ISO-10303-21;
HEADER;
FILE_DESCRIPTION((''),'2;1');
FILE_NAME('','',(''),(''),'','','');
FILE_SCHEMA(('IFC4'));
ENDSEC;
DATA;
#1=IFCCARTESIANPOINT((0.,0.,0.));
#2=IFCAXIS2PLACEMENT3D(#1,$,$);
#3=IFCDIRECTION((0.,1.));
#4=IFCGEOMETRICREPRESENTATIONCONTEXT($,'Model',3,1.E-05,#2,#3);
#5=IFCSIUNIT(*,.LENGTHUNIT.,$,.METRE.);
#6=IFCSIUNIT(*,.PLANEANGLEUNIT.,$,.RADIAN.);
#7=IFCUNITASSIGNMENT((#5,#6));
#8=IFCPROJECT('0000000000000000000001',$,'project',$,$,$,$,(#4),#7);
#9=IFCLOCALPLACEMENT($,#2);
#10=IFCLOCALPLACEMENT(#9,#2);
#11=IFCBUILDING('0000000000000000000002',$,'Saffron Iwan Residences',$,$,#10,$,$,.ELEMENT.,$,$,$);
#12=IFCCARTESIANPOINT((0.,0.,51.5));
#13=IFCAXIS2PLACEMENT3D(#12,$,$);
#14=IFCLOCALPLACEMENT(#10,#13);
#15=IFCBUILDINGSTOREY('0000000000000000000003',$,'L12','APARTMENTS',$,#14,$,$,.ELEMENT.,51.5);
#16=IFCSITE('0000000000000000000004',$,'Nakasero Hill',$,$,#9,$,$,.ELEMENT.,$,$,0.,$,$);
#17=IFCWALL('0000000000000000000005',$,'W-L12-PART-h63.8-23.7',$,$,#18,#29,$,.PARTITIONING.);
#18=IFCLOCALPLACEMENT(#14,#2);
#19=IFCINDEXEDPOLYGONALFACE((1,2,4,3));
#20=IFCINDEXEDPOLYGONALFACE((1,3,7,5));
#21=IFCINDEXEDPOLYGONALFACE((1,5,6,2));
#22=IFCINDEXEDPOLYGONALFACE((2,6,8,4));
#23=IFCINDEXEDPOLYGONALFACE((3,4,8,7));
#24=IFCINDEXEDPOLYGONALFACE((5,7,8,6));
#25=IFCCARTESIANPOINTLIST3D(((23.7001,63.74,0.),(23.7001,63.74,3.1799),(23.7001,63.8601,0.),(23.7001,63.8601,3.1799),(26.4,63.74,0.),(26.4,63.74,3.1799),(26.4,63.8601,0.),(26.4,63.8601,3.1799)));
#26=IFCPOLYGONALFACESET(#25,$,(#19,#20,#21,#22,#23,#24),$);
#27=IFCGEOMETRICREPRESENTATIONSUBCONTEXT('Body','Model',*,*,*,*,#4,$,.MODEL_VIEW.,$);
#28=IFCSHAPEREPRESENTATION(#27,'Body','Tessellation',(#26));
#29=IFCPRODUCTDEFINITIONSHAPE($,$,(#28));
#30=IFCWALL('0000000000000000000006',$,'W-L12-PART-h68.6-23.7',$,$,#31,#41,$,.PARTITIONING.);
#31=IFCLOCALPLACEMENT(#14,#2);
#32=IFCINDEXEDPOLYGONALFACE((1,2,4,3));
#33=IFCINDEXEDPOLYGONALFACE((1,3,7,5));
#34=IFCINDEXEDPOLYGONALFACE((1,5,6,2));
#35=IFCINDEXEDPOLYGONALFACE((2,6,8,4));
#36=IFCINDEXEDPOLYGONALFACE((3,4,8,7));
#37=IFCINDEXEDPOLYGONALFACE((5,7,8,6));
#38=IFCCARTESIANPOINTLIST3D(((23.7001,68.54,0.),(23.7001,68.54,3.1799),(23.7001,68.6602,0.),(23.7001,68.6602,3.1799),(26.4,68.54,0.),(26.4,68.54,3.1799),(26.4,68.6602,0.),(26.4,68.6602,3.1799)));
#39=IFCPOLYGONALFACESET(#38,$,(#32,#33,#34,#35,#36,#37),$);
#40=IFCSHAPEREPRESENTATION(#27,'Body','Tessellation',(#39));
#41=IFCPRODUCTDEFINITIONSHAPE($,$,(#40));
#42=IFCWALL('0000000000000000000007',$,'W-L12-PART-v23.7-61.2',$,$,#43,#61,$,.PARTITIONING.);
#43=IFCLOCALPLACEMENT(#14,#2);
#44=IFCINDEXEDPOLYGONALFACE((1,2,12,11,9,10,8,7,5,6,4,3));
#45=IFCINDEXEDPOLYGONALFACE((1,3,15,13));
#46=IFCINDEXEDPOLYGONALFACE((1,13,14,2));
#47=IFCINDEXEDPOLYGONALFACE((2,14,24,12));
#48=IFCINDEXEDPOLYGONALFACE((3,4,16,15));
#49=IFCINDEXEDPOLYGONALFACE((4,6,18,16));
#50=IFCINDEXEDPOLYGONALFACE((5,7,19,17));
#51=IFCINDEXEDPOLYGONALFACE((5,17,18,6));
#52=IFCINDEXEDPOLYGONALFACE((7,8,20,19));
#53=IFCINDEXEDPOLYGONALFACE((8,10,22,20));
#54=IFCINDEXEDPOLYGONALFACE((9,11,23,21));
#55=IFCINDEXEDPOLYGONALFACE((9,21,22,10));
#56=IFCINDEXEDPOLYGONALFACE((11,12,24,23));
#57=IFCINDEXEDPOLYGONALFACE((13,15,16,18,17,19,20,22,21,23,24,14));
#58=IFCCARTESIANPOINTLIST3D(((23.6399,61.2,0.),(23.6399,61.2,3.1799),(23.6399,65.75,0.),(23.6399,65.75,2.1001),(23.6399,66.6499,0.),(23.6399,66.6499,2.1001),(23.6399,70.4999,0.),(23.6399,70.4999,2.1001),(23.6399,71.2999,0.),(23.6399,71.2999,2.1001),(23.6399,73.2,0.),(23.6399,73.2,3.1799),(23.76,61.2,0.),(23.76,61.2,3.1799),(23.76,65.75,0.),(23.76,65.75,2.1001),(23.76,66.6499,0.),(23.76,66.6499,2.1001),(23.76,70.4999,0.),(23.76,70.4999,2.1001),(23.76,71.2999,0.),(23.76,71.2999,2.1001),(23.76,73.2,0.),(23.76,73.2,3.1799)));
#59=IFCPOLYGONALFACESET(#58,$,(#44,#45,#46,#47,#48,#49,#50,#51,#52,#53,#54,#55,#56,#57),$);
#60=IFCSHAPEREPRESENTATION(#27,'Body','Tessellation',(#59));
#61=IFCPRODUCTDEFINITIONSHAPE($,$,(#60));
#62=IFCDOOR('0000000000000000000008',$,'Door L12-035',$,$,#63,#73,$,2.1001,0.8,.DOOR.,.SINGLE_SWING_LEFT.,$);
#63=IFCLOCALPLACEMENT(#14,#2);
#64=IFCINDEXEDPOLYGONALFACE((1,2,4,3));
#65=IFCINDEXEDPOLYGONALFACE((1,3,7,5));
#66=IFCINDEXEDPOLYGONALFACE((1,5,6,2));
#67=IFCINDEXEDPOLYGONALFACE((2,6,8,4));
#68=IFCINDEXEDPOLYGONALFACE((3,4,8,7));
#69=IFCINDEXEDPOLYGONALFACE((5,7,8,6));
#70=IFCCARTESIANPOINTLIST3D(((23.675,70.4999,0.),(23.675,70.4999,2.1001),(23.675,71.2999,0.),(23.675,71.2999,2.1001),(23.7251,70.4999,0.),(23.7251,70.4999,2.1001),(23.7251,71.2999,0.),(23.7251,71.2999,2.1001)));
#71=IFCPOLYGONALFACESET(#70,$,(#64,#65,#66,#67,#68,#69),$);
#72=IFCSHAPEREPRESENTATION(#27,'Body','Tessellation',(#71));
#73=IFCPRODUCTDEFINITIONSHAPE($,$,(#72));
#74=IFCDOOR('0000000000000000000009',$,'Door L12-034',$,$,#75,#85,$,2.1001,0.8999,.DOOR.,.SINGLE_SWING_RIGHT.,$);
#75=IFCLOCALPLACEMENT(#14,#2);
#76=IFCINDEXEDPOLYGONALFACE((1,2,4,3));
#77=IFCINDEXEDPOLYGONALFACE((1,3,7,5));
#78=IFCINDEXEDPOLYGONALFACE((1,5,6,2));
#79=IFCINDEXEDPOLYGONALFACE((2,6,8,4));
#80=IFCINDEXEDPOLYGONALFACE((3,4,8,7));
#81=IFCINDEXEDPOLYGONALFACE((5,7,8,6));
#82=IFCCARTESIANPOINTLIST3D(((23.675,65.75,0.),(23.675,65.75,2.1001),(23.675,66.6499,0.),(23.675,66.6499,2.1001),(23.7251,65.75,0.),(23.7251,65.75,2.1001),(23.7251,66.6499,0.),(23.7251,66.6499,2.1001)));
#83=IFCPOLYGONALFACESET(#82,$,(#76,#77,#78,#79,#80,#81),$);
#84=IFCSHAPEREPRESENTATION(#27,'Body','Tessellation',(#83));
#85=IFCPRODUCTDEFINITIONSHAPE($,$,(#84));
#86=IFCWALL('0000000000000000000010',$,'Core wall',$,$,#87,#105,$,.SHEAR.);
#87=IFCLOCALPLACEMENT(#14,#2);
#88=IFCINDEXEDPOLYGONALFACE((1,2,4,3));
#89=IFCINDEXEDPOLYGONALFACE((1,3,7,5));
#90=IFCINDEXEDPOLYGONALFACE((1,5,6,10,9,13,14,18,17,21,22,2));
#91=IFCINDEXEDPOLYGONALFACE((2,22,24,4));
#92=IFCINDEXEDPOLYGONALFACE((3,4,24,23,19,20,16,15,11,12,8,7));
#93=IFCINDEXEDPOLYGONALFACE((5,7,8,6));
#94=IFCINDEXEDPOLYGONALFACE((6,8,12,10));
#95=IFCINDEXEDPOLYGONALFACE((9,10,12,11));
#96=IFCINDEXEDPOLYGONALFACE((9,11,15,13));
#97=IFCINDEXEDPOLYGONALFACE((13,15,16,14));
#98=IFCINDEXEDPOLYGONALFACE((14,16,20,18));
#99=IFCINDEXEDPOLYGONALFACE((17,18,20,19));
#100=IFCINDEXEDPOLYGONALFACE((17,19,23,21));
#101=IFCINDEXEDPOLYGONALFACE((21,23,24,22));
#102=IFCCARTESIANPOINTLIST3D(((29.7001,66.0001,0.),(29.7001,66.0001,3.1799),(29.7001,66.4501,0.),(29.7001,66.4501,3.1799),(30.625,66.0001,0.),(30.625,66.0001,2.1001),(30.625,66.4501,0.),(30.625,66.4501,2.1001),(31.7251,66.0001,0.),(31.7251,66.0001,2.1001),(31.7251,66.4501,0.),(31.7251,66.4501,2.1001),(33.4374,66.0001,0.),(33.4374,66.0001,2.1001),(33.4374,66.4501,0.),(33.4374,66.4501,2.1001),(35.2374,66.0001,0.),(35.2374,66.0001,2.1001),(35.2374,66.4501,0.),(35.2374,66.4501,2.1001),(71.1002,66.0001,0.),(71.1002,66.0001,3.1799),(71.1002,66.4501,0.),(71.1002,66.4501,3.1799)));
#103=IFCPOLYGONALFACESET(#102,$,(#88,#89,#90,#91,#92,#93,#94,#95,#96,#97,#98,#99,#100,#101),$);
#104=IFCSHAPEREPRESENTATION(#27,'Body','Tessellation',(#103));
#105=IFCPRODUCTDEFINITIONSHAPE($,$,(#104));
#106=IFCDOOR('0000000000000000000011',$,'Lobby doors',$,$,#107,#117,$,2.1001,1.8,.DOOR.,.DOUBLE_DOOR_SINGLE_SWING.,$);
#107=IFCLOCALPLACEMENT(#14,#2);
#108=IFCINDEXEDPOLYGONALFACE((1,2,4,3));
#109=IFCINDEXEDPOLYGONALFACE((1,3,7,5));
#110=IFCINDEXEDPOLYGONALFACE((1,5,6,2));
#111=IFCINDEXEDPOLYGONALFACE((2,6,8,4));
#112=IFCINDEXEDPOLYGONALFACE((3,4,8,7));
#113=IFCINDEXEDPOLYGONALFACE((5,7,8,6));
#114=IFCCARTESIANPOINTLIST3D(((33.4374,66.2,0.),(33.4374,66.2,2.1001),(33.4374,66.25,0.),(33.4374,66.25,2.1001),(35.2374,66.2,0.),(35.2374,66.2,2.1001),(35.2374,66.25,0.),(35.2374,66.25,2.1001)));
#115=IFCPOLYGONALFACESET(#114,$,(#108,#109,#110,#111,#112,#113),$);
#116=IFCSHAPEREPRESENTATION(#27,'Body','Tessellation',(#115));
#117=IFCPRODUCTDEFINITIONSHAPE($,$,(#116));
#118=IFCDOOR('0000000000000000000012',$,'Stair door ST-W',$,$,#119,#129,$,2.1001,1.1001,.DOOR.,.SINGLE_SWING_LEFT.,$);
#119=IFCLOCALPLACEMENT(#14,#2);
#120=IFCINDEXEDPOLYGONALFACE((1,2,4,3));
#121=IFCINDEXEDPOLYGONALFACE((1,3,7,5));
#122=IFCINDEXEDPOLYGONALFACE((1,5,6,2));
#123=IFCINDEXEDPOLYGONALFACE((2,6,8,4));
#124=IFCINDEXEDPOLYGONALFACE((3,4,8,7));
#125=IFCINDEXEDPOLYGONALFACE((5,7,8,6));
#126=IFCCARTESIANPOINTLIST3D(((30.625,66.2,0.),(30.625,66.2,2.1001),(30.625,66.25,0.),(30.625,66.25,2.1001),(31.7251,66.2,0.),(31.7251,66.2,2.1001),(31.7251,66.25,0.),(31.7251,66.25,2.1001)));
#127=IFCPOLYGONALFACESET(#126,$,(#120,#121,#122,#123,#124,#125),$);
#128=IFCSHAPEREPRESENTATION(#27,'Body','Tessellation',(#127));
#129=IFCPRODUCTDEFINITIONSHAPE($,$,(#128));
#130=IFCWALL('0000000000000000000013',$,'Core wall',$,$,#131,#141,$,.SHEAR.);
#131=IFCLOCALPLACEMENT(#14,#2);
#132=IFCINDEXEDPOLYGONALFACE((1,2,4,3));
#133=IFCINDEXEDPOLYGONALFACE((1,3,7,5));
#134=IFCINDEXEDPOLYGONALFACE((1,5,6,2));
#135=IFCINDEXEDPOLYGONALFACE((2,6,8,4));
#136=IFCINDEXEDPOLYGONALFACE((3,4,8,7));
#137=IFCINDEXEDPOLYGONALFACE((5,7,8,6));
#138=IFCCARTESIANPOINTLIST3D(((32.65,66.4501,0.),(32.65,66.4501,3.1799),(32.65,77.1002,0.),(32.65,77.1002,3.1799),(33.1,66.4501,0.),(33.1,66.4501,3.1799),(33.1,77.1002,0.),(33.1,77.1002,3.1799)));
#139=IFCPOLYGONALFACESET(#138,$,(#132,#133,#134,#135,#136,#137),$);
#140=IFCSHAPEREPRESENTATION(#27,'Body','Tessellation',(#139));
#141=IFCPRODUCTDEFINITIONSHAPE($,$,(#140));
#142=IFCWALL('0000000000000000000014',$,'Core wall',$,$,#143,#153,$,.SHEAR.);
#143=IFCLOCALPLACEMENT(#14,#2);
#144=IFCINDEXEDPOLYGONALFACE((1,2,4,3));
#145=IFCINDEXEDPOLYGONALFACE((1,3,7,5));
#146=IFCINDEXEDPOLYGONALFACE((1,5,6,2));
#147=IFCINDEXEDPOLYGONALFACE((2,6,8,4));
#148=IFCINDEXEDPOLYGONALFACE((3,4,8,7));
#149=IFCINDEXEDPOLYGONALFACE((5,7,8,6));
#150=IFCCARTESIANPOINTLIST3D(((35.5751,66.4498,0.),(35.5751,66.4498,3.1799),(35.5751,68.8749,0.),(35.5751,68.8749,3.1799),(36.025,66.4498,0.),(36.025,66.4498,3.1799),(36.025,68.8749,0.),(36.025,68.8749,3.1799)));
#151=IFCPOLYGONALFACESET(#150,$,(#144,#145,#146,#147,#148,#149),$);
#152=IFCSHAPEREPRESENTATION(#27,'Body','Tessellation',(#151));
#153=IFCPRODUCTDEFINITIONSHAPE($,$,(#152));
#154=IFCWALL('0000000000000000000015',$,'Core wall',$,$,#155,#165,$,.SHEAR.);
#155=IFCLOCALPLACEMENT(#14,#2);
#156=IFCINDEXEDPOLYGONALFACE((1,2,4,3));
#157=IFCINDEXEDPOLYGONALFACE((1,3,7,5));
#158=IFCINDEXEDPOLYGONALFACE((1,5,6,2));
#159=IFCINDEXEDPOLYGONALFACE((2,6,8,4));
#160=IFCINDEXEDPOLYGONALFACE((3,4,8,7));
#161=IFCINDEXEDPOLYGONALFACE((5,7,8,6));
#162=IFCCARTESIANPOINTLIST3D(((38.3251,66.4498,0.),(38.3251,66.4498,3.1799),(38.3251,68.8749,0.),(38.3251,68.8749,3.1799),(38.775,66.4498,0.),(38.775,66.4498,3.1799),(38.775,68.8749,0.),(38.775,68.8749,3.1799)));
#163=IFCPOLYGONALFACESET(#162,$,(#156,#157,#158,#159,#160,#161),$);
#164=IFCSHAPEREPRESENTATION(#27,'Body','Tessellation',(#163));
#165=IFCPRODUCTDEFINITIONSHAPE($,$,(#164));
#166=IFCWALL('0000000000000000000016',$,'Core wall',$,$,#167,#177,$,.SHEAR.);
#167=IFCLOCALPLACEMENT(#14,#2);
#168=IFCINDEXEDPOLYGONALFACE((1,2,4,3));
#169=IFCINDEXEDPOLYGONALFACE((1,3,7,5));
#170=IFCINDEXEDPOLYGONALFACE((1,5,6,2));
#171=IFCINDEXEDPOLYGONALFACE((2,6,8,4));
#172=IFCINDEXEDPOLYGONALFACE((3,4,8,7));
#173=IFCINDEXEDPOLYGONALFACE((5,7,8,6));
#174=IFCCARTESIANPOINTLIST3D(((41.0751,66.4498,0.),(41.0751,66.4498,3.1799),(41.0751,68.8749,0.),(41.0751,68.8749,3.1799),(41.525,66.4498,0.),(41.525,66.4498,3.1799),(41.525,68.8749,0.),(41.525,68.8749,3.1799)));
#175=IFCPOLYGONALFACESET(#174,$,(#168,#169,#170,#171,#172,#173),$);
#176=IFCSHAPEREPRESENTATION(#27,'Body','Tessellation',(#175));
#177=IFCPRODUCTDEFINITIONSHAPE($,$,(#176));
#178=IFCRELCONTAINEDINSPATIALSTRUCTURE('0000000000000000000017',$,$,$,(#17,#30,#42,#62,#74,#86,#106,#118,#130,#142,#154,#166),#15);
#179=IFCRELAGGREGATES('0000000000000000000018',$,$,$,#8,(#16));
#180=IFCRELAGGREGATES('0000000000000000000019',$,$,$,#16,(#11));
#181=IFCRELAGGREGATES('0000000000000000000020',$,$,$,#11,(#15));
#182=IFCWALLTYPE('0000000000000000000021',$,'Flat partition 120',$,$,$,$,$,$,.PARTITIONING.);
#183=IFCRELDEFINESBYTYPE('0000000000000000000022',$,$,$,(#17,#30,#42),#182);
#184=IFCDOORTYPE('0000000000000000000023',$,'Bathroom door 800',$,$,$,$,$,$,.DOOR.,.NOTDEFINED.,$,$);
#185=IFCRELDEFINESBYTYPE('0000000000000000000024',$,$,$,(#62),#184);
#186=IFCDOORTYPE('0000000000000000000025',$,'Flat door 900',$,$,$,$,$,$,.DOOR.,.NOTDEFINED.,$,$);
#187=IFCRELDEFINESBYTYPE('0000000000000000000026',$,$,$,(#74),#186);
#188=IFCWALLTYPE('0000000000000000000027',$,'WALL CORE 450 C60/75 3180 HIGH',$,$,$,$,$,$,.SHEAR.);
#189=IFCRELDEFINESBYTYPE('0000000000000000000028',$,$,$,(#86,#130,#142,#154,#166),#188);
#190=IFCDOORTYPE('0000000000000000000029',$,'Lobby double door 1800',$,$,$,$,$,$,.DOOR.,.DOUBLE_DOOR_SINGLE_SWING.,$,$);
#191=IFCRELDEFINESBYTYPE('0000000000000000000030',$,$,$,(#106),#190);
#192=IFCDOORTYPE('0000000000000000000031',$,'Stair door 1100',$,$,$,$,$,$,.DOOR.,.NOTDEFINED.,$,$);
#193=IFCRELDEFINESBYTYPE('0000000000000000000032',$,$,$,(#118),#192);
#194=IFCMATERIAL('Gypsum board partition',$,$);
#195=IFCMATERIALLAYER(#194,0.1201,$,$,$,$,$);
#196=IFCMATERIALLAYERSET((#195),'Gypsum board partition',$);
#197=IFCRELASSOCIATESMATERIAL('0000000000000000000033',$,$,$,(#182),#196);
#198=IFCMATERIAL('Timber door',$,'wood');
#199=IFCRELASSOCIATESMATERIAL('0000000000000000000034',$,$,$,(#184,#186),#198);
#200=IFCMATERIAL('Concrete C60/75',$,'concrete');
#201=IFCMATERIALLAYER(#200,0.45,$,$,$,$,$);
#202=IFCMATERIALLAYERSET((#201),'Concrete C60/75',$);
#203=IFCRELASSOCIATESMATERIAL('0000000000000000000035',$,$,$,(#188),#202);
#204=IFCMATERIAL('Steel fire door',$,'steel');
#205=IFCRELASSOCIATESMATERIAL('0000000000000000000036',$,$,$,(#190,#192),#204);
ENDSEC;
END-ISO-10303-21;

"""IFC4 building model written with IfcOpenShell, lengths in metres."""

from ifc_helpers import new_model, si_unit, direction, frame, frame_2d, origin, place, context, subcontext, project, spatial, rectangle, extrude, material, layer, layer_set, type_object, element, fill, save


model = new_model("IFC4")

# Units and contexts
model_context = context("Model", 3, precision=1e-05, world=origin(), true_north=direction((0.0, 1.0)))
body_context = subcontext(model_context, "Body", "Model", "MODEL_VIEW")
ifc_project = project(units=[si_unit("LENGTHUNIT", "METRE"), si_unit("PLANEANGLEUNIT", "RADIAN")], contexts=[model_context])

# Site, building, storey
site_placement = place(None, origin())
site = spatial("IfcSite", under=ifc_project, at=site_placement, Name="Nakasero Hill", CompositionType="ELEMENT", RefElevation=0.0)
building_placement = place(site_placement, origin())
building = spatial("IfcBuilding", under=site, at=building_placement, Name="Saffron Iwan Residences", CompositionType="ELEMENT")
storey_placement = place(building_placement, frame((0.0, 0.0, 51.5)))
storey = spatial("IfcBuildingStorey", under=building, at=storey_placement, Name="L12", Description="APARTMENTS", CompositionType="ELEMENT", Elevation=51.5)

# Walls
ifc_material_1 = material(Name="Gypsum board partition")
ifc_layer_1 = layer(ifc_material_1, 0.1201)
ifc_layer_set_1 = layer_set([ifc_layer_1], Name="Gypsum board partition")
wall_type_1 = type_object("IfcWallType", Name="Flat partition 120", PredefinedType="PARTITIONING", material=ifc_layer_set_1)
for number, where, z_axis, x_axis, name in (
    (1, (23.7, 63.8, 0.0), (0.0, 0.0, 1.0), (1.0, 0.0, 0.0), "W-L12-PART-h63.8-23.7"),
    (2, (23.7, 68.6001, 0.0), (0.0, 0.0, 1.0), (1.0, 0.0, 0.0), "W-L12-PART-h68.6-23.7"),
):
    element("IfcWall", number, at=place(storey_placement, frame(where, z_axis=z_axis, x_axis=x_axis)), inside=storey, type_object=wall_type_1, Name=name, PredefinedType="PARTITIONING", context=body_context, shape_type="SweptSolid", body=[
        extrude(rectangle(XDim=2.7, YDim=0.1201, at=frame_2d((1.3501, 0.0))), origin(), (0.0, 0.0, 1.0), 3.1799),
    ])

# Walls, openings, doors
wall_1_placement = place(storey_placement, frame((23.7, 61.2, 0.0), z_axis=(0.0, 0.0, 1.0), x_axis=(0.0, 1.0, 0.0)))
wall_1 = element("IfcWall", 3, at=wall_1_placement, inside=storey, type_object=wall_type_1, Name="W-L12-PART-v23.7-61.2", PredefinedType="PARTITIONING", context=body_context, shape_type="SweptSolid", body=[
    extrude(rectangle(XDim=12.0, YDim=0.1201, at=frame_2d((6.0, 0.0))), origin(), (0.0, 0.0, 1.0), 3.1799),
])
opening_1_placement = place(wall_1_placement, frame((4.55, 0.0, 0.0)))
opening_1 = element("IfcOpeningElement", 4, at=opening_1_placement, cuts=wall_1, PredefinedType="OPENING", context=body_context, shape_type="SweptSolid", body=[
    extrude(rectangle(XDim=0.8999, YDim=2.1001, at=frame_2d((0.45, 1.05))), frame((0.0, 0.0701, 0.0), z_axis=(0.0, -1.0, 0.0), x_axis=(1.0, 0.0, 0.0)), (0.0, 0.0, 1.0), 0.1401),
])
opening_2_placement = place(wall_1_placement, frame((9.3, 0.0, 0.0)))
opening_2 = element("IfcOpeningElement", 5, at=opening_2_placement, cuts=wall_1, PredefinedType="OPENING", context=body_context, shape_type="SweptSolid", body=[
    extrude(rectangle(XDim=0.8, YDim=2.1001, at=frame_2d((0.3999, 1.05))), frame((0.0, 0.0701, 0.0), z_axis=(0.0, -1.0, 0.0), x_axis=(1.0, 0.0, 0.0)), (0.0, 0.0, 1.0), 0.1401),
])
ifc_material_2 = material(Name="Timber door", Category="wood")
door_type_1 = type_object("IfcDoorType", Name="Bathroom door 800", OperationType="NOTDEFINED", PredefinedType="DOOR", material=ifc_material_2)
door_1_placement = place(opening_2_placement, origin())
door_1 = element("IfcDoor", 6, at=door_1_placement, inside=storey, type_object=door_type_1, Name="Door L12-035", OperationType="SINGLE_SWING_LEFT", OverallHeight=2.1001, OverallWidth=0.8, PredefinedType="DOOR", context=body_context, shape_type="SweptSolid", body=[
    extrude(rectangle(XDim=0.8, YDim=2.1001, at=frame_2d((0.3999, 1.05))), frame((0.0, 0.0249, 0.0), z_axis=(0.0, -1.0, 0.0), x_axis=(1.0, 0.0, 0.0)), (0.0, 0.0, 1.0), 0.05),
])
fill(opening_2, door_1)
door_type_2 = type_object("IfcDoorType", Name="Flat door 900", OperationType="NOTDEFINED", PredefinedType="DOOR", material=ifc_material_2)
door_2_placement = place(opening_1_placement, origin())
door_2 = element("IfcDoor", 7, at=door_2_placement, inside=storey, type_object=door_type_2, Name="Door L12-034", OperationType="SINGLE_SWING_RIGHT", OverallHeight=2.1001, OverallWidth=0.8999, PredefinedType="DOOR", context=body_context, shape_type="SweptSolid", body=[
    extrude(rectangle(XDim=0.8999, YDim=2.1001, at=frame_2d((0.45, 1.05))), frame((0.0, 0.0249, 0.0), z_axis=(0.0, -1.0, 0.0), x_axis=(1.0, 0.0, 0.0)), (0.0, 0.0, 1.0), 0.05),
])
fill(opening_1, door_2)
ifc_material_3 = material(Name="Concrete C60/75", Category="concrete")
ifc_layer_2 = layer(ifc_material_3, 0.45)
ifc_layer_set_2 = layer_set([ifc_layer_2], Name="Concrete C60/75")
wall_type_2 = type_object("IfcWallType", Name="WALL CORE 450 C60/75 3180 HIGH", PredefinedType="SHEAR", material=ifc_layer_set_2)
wall_2_placement = place(storey_placement, frame((29.7, 66.2251, 0.0), z_axis=(0.0, 0.0, 1.0), x_axis=(1.0, 0.0, 0.0)))
wall_2 = element("IfcWall", 8, at=wall_2_placement, inside=storey, type_object=wall_type_2, Name="Core wall", PredefinedType="SHEAR", context=body_context, shape_type="SweptSolid", body=[
    extrude(rectangle(XDim=41.4001, YDim=0.45, at=frame_2d((20.7002, 0.0))), origin(), (0.0, 0.0, 1.0), 3.1799),
])
opening_3_placement = place(wall_2_placement, frame((0.925, 0.0, 0.0)))
opening_3 = element("IfcOpeningElement", 9, at=opening_3_placement, cuts=wall_2, PredefinedType="OPENING", context=body_context, shape_type="SweptSolid", body=[
    extrude(rectangle(XDim=1.1001, YDim=2.1001, at=frame_2d((0.55, 1.05))), frame((0.0, 0.2349, 0.0), z_axis=(0.0, -1.0, 0.0), x_axis=(1.0, 0.0, 0.0)), (0.0, 0.0, 1.0), 0.47),
])
opening_4_placement = place(wall_2_placement, frame((3.7375, 0.0, 0.0)))
opening_4 = element("IfcOpeningElement", 10, at=opening_4_placement, cuts=wall_2, PredefinedType="OPENING", context=body_context, shape_type="SweptSolid", body=[
    extrude(rectangle(XDim=1.8, YDim=2.1001, at=frame_2d((0.8999, 1.05))), frame((0.0, 0.2349, 0.0), z_axis=(0.0, -1.0, 0.0), x_axis=(1.0, 0.0, 0.0)), (0.0, 0.0, 1.0), 0.47),
])
ifc_material_4 = material(Name="Steel fire door", Category="steel")
door_type_3 = type_object("IfcDoorType", Name="Lobby double door 1800", OperationType="DOUBLE_DOOR_SINGLE_SWING", PredefinedType="DOOR", material=ifc_material_4)
door_3_placement = place(opening_4_placement, origin())
door_3 = element("IfcDoor", 11, at=door_3_placement, inside=storey, type_object=door_type_3, Name="Lobby doors", OperationType="DOUBLE_DOOR_SINGLE_SWING", OverallHeight=2.1001, OverallWidth=1.8, PredefinedType="DOOR", context=body_context, shape_type="SweptSolid", body=[
    extrude(rectangle(XDim=1.8, YDim=2.1001, at=frame_2d((0.8999, 1.05))), frame((0.0, 0.0249, 0.0), z_axis=(0.0, -1.0, 0.0), x_axis=(1.0, 0.0, 0.0)), (0.0, 0.0, 1.0), 0.05),
])
fill(opening_4, door_3)
door_type_4 = type_object("IfcDoorType", Name="Stair door 1100", OperationType="NOTDEFINED", PredefinedType="DOOR", material=ifc_material_4)
door_4_placement = place(opening_3_placement, origin())
door_4 = element("IfcDoor", 12, at=door_4_placement, inside=storey, type_object=door_type_4, Name="Stair door ST-W", OperationType="SINGLE_SWING_LEFT", OverallHeight=2.1001, OverallWidth=1.1001, PredefinedType="DOOR", context=body_context, shape_type="SweptSolid", body=[
    extrude(rectangle(XDim=1.1001, YDim=2.1001, at=frame_2d((0.55, 1.05))), frame((0.0, 0.0249, 0.0), z_axis=(0.0, -1.0, 0.0), x_axis=(1.0, 0.0, 0.0)), (0.0, 0.0, 1.0), 0.05),
])
fill(opening_3, door_4)

# Walls
wall_3_placement = place(storey_placement, frame((32.875, 66.45, 0.0), z_axis=(0.0, 0.0, 1.0), x_axis=(0.0, 1.0, 0.0)))
element("IfcWall", 13, at=wall_3_placement, inside=storey, type_object=wall_type_2, Name="Core wall", PredefinedType="SHEAR", context=body_context, shape_type="SweptSolid", body=[
    extrude(rectangle(XDim=10.6501, YDim=0.45, at=frame_2d((5.3252, 0.0))), origin(), (0.0, 0.0, 1.0), 3.1799),
])
for number, where, z_axis, x_axis, name in (
    (14, (35.8, 66.45, 0.0), (0.0, 0.0, 1.0), (0.0, 1.0, 0.0), "Core wall"),
    (15, (38.55, 66.45, 0.0), (0.0, 0.0, 1.0), (0.0, 1.0, 0.0), "Core wall"),
    (16, (41.3, 66.45, 0.0), (0.0, 0.0, 1.0), (0.0, 1.0, 0.0), "Core wall"),
):
    element("IfcWall", number, at=place(storey_placement, frame(where, z_axis=z_axis, x_axis=x_axis)), inside=storey, type_object=wall_type_2, Name=name, PredefinedType="SHEAR", context=body_context, shape_type="SweptSolid", body=[
        extrude(rectangle(XDim=2.425, YDim=0.45, at=frame_2d((1.2124, 0.0))), origin(), (0.0, 0.0, 1.0), 3.1799),
    ])

save(model, "model.ifc")
